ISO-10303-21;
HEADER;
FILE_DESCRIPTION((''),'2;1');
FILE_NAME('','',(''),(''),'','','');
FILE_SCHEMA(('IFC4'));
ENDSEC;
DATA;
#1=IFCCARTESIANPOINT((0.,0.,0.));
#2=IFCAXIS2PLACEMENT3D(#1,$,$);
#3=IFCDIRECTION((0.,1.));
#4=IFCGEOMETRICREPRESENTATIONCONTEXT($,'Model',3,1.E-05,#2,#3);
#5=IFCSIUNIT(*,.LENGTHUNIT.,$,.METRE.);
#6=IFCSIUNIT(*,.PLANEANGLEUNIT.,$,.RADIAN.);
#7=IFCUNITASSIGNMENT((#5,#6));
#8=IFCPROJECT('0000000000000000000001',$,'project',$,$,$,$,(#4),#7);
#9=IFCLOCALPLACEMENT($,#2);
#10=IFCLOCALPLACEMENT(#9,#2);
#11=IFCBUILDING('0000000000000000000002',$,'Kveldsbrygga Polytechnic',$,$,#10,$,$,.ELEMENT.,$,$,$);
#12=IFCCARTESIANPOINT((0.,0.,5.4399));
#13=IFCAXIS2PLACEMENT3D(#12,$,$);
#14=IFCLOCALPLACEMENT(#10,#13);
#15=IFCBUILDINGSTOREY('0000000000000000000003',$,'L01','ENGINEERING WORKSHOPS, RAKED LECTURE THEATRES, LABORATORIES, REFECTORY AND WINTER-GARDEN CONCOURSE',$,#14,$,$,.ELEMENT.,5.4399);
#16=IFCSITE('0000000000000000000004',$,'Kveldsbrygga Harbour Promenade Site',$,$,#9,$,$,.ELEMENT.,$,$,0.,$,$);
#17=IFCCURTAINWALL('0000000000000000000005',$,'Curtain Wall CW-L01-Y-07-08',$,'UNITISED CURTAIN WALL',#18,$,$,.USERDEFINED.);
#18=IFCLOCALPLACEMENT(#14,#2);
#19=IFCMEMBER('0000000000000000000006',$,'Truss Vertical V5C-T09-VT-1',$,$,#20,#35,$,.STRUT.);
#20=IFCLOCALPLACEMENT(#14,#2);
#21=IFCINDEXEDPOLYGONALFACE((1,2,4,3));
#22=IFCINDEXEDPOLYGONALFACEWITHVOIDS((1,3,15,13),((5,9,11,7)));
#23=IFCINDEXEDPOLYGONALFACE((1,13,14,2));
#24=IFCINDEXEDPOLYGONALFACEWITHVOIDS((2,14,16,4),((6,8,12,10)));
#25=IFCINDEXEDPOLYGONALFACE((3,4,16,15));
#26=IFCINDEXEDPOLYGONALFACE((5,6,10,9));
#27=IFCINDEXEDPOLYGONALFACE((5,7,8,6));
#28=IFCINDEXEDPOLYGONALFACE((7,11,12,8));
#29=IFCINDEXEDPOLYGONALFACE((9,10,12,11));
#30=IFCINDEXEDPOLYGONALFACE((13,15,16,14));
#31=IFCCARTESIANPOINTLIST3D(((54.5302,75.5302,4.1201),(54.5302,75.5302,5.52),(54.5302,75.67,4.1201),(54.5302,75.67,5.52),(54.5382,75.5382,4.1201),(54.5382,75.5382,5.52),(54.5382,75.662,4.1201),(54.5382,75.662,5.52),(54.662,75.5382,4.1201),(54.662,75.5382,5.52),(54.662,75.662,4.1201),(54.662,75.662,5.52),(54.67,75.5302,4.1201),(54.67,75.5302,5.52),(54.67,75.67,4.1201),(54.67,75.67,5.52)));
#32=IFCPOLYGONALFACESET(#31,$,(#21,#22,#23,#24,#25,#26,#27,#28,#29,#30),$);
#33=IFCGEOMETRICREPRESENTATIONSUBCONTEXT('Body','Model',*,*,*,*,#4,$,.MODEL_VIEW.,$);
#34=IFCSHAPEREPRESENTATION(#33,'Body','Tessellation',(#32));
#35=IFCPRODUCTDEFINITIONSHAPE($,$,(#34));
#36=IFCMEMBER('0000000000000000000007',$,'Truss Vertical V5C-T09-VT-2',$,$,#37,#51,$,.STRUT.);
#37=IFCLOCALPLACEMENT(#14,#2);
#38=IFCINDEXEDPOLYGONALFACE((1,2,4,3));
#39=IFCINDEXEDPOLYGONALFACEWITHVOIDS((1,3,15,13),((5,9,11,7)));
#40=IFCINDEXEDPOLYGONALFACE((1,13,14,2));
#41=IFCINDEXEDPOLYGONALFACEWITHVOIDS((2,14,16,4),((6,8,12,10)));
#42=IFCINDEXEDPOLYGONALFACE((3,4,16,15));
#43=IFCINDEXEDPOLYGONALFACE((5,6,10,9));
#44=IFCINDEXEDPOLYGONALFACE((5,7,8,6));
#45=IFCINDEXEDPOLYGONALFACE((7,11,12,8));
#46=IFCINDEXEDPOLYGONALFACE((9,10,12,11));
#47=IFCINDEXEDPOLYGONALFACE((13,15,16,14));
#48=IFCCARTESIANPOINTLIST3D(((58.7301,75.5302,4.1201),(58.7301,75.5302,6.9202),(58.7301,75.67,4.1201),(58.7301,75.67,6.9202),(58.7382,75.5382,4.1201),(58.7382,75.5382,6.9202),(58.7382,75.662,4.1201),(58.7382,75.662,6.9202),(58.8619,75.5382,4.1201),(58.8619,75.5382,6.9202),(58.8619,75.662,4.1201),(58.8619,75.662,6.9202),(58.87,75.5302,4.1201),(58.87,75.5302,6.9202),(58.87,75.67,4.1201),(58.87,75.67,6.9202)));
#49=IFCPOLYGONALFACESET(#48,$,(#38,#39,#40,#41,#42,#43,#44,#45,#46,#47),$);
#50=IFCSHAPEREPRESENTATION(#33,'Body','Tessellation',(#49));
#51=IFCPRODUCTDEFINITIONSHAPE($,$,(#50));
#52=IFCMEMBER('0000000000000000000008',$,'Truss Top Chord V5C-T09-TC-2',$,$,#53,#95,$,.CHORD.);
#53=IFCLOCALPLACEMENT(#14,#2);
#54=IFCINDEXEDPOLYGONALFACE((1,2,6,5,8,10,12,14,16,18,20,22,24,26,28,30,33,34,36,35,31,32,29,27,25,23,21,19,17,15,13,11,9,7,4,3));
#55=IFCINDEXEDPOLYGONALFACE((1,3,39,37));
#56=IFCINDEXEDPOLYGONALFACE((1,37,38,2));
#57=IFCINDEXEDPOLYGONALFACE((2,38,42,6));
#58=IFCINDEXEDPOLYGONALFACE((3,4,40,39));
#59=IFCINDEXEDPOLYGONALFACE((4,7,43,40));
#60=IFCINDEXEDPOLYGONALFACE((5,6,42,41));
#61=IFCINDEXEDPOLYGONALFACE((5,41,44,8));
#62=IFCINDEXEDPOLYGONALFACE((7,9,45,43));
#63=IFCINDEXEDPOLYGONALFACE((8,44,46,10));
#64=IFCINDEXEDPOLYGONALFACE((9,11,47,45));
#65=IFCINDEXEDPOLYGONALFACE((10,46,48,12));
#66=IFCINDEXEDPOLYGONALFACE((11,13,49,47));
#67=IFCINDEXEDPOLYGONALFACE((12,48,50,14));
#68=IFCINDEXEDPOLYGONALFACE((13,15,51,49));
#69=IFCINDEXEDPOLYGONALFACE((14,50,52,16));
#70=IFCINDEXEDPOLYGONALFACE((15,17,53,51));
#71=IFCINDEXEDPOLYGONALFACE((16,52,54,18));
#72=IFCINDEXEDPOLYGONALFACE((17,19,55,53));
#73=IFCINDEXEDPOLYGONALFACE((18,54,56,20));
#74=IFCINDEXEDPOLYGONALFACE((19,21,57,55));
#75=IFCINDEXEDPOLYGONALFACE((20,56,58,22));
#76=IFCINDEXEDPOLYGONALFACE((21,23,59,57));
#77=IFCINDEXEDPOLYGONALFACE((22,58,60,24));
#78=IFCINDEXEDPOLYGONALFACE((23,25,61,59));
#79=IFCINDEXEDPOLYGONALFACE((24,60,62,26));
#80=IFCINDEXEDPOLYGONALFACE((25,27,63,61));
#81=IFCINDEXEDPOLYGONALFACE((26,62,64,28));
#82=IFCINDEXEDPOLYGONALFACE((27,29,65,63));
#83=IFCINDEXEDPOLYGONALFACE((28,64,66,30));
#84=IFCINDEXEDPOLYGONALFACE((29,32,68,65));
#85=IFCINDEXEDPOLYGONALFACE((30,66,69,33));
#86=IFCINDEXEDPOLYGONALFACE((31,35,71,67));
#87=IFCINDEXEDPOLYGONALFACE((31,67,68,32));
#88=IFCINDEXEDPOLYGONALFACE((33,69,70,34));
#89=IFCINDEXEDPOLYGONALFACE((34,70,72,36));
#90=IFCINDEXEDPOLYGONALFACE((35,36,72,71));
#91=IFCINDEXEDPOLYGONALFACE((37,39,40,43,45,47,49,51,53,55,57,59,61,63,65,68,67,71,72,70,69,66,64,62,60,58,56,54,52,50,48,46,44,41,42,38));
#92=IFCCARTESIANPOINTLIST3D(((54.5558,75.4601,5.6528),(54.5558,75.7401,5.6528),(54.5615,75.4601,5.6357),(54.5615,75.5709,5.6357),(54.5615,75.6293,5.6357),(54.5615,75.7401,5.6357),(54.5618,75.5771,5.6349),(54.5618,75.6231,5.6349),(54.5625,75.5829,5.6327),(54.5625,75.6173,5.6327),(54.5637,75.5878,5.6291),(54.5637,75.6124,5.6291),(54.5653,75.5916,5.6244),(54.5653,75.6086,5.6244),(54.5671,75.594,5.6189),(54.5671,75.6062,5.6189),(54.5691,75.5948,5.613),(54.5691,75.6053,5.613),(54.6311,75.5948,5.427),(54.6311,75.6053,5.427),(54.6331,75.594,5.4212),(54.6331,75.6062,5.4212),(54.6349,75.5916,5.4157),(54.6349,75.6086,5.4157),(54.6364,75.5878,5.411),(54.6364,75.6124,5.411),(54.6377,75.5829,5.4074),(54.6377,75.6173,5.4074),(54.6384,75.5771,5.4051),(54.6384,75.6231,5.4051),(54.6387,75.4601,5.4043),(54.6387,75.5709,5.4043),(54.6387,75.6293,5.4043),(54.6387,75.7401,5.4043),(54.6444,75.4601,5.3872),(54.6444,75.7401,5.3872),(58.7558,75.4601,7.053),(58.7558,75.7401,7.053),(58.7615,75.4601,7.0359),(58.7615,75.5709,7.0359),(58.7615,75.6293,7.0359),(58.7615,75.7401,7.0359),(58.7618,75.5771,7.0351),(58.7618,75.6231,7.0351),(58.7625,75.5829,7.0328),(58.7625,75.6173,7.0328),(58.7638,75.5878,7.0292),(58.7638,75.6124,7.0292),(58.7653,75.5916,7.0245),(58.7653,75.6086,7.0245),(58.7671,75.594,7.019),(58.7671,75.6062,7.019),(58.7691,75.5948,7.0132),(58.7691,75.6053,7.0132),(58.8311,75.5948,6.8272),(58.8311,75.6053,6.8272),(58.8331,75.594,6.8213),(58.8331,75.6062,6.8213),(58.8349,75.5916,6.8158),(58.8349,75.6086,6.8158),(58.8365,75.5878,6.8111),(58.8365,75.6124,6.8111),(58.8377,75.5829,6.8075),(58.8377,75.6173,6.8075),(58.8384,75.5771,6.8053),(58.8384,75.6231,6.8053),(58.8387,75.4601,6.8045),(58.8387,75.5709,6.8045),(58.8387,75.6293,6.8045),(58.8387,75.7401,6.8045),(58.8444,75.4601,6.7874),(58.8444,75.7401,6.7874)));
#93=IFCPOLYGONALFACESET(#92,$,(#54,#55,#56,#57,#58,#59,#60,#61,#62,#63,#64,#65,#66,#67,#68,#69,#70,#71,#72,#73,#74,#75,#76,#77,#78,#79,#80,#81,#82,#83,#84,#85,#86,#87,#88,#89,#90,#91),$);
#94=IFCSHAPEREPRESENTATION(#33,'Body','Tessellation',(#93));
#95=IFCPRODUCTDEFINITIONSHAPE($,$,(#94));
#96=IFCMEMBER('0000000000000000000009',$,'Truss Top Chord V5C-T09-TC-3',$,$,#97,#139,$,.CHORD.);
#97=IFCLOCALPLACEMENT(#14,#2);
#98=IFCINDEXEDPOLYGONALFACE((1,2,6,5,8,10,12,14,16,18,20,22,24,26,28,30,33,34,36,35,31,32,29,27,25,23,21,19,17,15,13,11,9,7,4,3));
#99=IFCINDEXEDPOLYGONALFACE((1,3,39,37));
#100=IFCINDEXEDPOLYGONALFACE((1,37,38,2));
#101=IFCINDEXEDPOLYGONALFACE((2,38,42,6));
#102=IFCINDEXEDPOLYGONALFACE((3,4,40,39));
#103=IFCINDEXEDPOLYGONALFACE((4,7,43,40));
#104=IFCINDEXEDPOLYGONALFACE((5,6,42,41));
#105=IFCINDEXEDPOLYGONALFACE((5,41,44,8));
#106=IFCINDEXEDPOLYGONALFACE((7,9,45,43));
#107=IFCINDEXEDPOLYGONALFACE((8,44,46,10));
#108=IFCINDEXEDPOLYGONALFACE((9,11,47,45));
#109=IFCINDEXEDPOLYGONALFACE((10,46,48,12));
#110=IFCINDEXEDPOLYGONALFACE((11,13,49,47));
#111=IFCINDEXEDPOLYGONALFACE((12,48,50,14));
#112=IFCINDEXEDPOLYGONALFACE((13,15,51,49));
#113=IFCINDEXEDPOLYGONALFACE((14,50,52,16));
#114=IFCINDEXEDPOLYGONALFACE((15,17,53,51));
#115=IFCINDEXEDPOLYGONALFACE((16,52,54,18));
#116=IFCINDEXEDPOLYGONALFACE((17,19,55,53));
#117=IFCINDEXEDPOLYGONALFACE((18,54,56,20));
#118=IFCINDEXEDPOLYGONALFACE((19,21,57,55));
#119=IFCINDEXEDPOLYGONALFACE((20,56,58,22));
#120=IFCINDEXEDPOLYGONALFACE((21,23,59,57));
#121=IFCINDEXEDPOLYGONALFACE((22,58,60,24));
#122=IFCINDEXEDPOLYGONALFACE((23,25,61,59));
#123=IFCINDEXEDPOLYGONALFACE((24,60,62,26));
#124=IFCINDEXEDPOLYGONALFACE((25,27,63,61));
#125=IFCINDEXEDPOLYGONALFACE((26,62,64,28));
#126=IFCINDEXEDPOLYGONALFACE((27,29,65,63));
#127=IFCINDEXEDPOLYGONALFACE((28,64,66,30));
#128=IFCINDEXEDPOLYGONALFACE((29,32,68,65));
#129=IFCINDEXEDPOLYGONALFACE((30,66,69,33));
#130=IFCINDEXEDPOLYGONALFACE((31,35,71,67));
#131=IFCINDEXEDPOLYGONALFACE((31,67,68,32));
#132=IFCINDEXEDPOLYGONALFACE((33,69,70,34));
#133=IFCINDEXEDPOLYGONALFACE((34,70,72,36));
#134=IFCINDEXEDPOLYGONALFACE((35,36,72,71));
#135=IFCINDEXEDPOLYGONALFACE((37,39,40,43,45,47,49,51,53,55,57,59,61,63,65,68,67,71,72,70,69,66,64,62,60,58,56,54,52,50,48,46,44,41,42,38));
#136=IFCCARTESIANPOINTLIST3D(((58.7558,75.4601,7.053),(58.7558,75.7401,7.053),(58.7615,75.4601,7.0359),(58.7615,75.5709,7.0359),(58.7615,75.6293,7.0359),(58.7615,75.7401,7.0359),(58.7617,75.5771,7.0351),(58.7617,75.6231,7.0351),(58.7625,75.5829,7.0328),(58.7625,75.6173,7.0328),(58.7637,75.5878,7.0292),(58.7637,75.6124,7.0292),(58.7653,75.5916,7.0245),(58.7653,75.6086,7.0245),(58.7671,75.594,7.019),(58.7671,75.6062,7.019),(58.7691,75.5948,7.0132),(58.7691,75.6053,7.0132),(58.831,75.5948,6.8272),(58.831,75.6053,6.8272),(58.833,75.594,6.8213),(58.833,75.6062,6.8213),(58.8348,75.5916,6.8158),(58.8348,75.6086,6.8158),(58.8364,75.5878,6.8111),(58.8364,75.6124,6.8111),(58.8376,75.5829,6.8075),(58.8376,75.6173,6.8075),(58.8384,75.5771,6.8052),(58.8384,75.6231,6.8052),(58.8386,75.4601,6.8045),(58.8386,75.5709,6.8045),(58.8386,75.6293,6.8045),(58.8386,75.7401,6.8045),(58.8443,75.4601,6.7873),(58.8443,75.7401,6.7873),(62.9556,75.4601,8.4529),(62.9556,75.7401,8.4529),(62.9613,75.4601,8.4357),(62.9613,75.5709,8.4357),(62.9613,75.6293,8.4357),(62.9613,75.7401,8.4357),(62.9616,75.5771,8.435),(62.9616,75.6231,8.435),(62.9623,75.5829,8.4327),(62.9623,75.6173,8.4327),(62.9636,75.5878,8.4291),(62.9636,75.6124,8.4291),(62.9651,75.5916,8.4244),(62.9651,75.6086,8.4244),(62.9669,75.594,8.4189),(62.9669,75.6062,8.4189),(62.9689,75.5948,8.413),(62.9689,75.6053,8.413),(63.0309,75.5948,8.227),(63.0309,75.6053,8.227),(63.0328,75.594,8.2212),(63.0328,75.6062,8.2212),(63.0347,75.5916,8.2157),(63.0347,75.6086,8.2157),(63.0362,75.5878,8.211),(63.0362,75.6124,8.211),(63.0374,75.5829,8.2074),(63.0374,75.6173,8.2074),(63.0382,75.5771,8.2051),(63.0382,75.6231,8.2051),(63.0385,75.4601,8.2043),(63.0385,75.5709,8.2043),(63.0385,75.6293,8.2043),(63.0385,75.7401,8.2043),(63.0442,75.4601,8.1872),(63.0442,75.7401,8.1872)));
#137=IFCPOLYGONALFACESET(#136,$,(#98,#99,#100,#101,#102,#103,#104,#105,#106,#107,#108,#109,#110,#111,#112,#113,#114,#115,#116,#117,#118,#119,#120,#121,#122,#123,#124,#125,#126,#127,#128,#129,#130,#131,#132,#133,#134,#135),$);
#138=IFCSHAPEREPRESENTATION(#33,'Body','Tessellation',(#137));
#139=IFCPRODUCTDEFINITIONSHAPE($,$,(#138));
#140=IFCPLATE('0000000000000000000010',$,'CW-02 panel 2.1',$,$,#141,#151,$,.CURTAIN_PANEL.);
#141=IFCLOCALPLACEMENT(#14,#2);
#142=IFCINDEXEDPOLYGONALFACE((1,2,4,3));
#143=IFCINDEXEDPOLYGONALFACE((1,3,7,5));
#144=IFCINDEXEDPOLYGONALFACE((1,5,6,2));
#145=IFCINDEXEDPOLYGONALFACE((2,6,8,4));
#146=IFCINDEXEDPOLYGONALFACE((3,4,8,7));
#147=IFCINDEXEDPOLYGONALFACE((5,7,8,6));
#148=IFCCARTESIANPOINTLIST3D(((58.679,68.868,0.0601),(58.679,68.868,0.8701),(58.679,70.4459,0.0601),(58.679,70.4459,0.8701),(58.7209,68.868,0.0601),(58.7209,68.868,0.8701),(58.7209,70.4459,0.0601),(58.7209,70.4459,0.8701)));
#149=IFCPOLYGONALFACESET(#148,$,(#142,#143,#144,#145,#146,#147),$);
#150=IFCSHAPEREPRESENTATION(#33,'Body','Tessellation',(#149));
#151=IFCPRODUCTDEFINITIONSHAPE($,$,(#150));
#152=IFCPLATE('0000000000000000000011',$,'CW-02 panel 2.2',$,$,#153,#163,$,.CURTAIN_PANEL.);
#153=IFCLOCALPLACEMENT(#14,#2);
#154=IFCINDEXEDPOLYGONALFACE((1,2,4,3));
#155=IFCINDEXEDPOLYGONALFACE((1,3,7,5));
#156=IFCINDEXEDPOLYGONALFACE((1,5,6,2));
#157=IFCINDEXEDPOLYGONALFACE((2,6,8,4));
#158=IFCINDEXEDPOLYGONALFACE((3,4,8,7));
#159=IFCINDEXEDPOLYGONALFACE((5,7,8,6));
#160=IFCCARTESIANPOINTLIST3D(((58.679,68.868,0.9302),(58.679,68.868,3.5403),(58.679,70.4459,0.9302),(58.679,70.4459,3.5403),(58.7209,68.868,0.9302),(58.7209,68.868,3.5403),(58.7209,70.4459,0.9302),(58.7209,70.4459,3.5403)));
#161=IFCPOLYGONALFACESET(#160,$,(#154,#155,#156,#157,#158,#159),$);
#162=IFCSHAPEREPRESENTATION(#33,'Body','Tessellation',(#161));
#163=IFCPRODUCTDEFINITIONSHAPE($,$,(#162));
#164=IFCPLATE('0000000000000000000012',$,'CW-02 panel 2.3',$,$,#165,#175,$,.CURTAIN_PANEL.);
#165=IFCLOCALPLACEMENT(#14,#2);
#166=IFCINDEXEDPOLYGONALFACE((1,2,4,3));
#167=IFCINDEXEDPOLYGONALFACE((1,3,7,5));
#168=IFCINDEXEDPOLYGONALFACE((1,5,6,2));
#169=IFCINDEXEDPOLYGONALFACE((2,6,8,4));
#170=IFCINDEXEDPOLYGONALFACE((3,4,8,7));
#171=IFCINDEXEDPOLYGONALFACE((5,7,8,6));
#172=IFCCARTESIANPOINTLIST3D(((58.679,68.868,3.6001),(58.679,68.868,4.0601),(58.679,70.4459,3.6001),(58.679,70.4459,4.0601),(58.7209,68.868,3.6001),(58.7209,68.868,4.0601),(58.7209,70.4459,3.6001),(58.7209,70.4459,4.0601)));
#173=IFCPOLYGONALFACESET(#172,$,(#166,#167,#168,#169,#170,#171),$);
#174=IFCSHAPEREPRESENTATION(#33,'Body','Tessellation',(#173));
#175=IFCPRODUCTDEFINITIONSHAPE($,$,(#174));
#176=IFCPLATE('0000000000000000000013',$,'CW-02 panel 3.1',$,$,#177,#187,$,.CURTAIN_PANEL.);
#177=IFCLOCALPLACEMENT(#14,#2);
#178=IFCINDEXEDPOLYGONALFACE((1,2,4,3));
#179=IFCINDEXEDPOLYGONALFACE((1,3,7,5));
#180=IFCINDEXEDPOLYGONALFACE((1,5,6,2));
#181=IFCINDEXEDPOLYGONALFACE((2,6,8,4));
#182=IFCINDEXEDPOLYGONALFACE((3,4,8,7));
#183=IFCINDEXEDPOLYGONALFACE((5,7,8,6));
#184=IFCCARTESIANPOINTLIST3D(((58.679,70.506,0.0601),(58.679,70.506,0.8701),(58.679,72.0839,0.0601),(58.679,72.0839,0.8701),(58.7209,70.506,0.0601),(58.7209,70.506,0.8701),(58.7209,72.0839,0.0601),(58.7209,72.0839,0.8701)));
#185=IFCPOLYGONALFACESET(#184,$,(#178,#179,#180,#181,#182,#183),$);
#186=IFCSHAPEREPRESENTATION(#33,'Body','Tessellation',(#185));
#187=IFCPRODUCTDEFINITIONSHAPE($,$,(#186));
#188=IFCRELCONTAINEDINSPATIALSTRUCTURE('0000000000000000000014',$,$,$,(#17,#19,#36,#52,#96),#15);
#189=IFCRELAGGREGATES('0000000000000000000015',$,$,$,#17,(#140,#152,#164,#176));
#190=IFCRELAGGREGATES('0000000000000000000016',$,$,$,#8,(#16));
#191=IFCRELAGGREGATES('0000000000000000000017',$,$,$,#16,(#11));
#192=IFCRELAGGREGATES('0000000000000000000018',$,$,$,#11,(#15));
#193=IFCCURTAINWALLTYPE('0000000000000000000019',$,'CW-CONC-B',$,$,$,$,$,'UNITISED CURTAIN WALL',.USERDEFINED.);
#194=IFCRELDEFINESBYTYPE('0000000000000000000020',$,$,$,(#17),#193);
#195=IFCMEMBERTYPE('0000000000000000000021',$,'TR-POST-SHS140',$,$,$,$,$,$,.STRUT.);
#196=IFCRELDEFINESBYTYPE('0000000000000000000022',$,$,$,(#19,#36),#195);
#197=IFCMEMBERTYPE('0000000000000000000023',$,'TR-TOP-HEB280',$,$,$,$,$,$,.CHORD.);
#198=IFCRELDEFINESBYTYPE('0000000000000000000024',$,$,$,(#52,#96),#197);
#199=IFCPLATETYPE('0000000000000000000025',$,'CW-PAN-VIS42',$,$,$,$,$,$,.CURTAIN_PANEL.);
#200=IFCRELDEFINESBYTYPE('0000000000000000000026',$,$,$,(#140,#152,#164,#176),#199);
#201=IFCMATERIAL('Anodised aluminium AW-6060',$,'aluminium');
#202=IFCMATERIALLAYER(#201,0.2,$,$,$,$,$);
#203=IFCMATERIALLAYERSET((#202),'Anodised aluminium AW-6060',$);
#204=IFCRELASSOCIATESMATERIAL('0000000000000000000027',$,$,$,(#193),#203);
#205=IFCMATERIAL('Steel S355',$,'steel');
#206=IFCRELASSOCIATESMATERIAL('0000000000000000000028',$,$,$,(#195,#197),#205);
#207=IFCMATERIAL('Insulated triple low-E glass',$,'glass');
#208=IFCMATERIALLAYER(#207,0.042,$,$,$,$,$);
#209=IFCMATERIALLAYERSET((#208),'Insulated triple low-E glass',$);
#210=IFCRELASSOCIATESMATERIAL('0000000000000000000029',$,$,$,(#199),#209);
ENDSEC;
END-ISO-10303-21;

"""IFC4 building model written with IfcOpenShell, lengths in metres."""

from ifc_helpers import new_model, si_unit, direction, frame, origin, origin_2d, place, context, subcontext, project, spatial, rectangle, hollow_rectangle, i_section, extrude, material, layer, layer_set, material_profile, profile_set, type_object, element, aggregate, save


model = new_model("IFC4")

# Units and contexts
model_context = context("Model", 3, precision=1e-05, world=origin(), true_north=direction((0.0, 1.0)))
body_context = subcontext(model_context, "Body", "Model", "MODEL_VIEW")
ifc_project = project(units=[si_unit("LENGTHUNIT", "METRE"), si_unit("PLANEANGLEUNIT", "RADIAN")], contexts=[model_context])

# Site, building, storey
site_placement = place(None, origin())
site = spatial("IfcSite", under=ifc_project, at=site_placement, Name="Kveldsbrygga Harbour Promenade Site", CompositionType="ELEMENT", RefElevation=0.0)
building_placement = place(site_placement, origin())
building = spatial("IfcBuilding", under=site, at=building_placement, Name="Kveldsbrygga Polytechnic", CompositionType="ELEMENT")
storey_placement = place(building_placement, frame((0.0, 0.0, 5.4399)))
storey = spatial("IfcBuildingStorey", under=building, at=storey_placement, Name="L01", Description="ENGINEERING WORKSHOPS, RAKED LECTURE THEATRES, LABORATORIES, REFECTORY AND WINTER-GARDEN CONCOURSE", CompositionType="ELEMENT", Elevation=5.4399)

# Curtain wall
ifc_material_1 = material(Name="Anodised aluminium AW-6060", Category="aluminium")
ifc_layer_1 = layer(ifc_material_1, 0.2)
ifc_layer_set_1 = layer_set([ifc_layer_1], Name="Anodised aluminium AW-6060")
curtain_wall_type = type_object("IfcCurtainWallType", Name="CW-CONC-B", ElementType="UNITISED CURTAIN WALL", PredefinedType="USERDEFINED", material=ifc_layer_set_1)
curtain_wall_placement = place(storey_placement, origin())
curtain_wall = element("IfcCurtainWall", 1, at=curtain_wall_placement, inside=storey, type_object=curtain_wall_type, Name="Curtain Wall CW-L01-Y-07-08", ObjectType="UNITISED CURTAIN WALL", PredefinedType="USERDEFINED")

# Members
ifc_material_2 = material(Name="Steel S355", Category="steel")
ifc_material_profile_1 = material_profile(ifc_material_2, hollow_rectangle(XDim=0.1399, YDim=0.1399, WallThickness=0.0081, at=origin_2d()), Name="SHS 140x140x8.0")
ifc_profile_set_1 = profile_set([ifc_material_profile_1], Name="Steel S355")
member_type_1 = type_object("IfcMemberType", Name="TR-POST-SHS140", PredefinedType="STRUT", material=ifc_profile_set_1)
member_1_placement = place(storey_placement, frame((54.6001, 75.6001, 4.1201), z_axis=(0.0, 0.0, 1.0), x_axis=(1.0, 0.0, 0.0)))
element("IfcMember", 2, at=member_1_placement, inside=storey, type_object=member_type_1, Name="Truss Vertical V5C-T09-VT-1", PredefinedType="STRUT", context=body_context, shape_type="SweptSolid", body=[
    extrude(hollow_rectangle(XDim=0.1399, YDim=0.1399, WallThickness=0.0081, at=origin_2d()), origin(), (0.0, 0.0, 1.0), 1.3999),
])
member_2_placement = place(storey_placement, frame((58.8, 75.6001, 4.1201), z_axis=(0.0, 0.0, 1.0), x_axis=(1.0, 0.0, 0.0)))
element("IfcMember", 3, at=member_2_placement, inside=storey, type_object=member_type_1, Name="Truss Vertical V5C-T09-VT-2", PredefinedType="STRUT", context=body_context, shape_type="SweptSolid", body=[
    extrude(hollow_rectangle(XDim=0.1399, YDim=0.1399, WallThickness=0.0081, at=origin_2d()), origin(), (0.0, 0.0, 1.0), 2.8),
])
ifc_material_profile_2 = material_profile(ifc_material_2, i_section(OverallWidth=0.28, OverallDepth=0.28, WebThickness=0.0105, FlangeThickness=0.0181, FilletRadius=0.0239, at=origin_2d()), Name="HEB 280")
ifc_profile_set_2 = profile_set([ifc_material_profile_2], Name="Steel S355")
member_type_2 = type_object("IfcMemberType", Name="TR-TOP-HEB280", PredefinedType="CHORD", material=ifc_profile_set_2)
member_3_placement = place(storey_placement, frame((54.6001, 75.6001, 5.52), z_axis=(0.948672, 0.0, 0.316261), x_axis=(0.0, 1.0, 0.0)))
element("IfcMember", 4, at=member_3_placement, inside=storey, type_object=member_type_2, Name="Truss Top Chord V5C-T09-TC-2", PredefinedType="CHORD", context=body_context, shape_type="SweptSolid", body=[
    extrude(i_section(OverallWidth=0.28, OverallDepth=0.28, WebThickness=0.0105, FlangeThickness=0.0181, FilletRadius=0.0239, at=origin_2d()), origin(), (0.0, 0.0, 1.0), 4.4272),
])
member_4_placement = place(storey_placement, frame((58.8, 75.6001, 6.9202), z_axis=(0.948689, 0.0, 0.316211), x_axis=(0.0, 1.0, 0.0)))
element("IfcMember", 5, at=member_4_placement, inside=storey, type_object=member_type_2, Name="Truss Top Chord V5C-T09-TC-3", PredefinedType="CHORD", context=body_context, shape_type="SweptSolid", body=[
    extrude(i_section(OverallWidth=0.28, OverallDepth=0.28, WebThickness=0.0105, FlangeThickness=0.0181, FilletRadius=0.0239, at=origin_2d()), origin(), (0.0, 0.0, 1.0), 4.427),
])

# Plates
ifc_material_3 = material(Name="Insulated triple low-E glass", Category="glass")
ifc_layer_2 = layer(ifc_material_3, 0.042)
ifc_layer_set_2 = layer_set([ifc_layer_2], Name="Insulated triple low-E glass")
plate_type_1 = type_object("IfcPlateType", Name="CW-PAN-VIS42", PredefinedType="CURTAIN_PANEL", material=ifc_layer_set_2)
plate_1_placement = place(storey_placement, frame((58.7, 69.657, 0.0601), z_axis=(0.0, 0.0, 1.0), x_axis=(0.0, 1.0, 0.0)))
plate_1 = element("IfcPlate", 6, at=plate_1_placement, type_object=plate_type_1, Name="CW-02 panel 2.1", PredefinedType="CURTAIN_PANEL", context=body_context, shape_type="SweptSolid", body=[
    extrude(rectangle(XDim=1.5779, YDim=0.042, at=origin_2d()), origin(), (0.0, 0.0, 1.0), 0.8101),
])
plate_2_placement = place(storey_placement, frame((58.7, 69.657, 0.9302), z_axis=(0.0, 0.0, 1.0), x_axis=(0.0, 1.0, 0.0)))
plate_2 = element("IfcPlate", 7, at=plate_2_placement, type_object=plate_type_1, Name="CW-02 panel 2.2", PredefinedType="CURTAIN_PANEL", context=body_context, shape_type="SweptSolid", body=[
    extrude(rectangle(XDim=1.5779, YDim=0.042, at=origin_2d()), origin(), (0.0, 0.0, 1.0), 2.6101),
])
plate_3_placement = place(storey_placement, frame((58.7, 69.657, 3.6001), z_axis=(0.0, 0.0, 1.0), x_axis=(0.0, 1.0, 0.0)))
plate_3 = element("IfcPlate", 8, at=plate_3_placement, type_object=plate_type_1, Name="CW-02 panel 2.3", PredefinedType="CURTAIN_PANEL", context=body_context, shape_type="SweptSolid", body=[
    extrude(rectangle(XDim=1.5779, YDim=0.042, at=origin_2d()), origin(), (0.0, 0.0, 1.0), 0.46),
])
plate_4_placement = place(storey_placement, frame((58.7, 71.2949, 0.0601), z_axis=(0.0, 0.0, 1.0), x_axis=(0.0, 1.0, 0.0)))
plate_4 = element("IfcPlate", 9, at=plate_4_placement, type_object=plate_type_1, Name="CW-02 panel 3.1", PredefinedType="CURTAIN_PANEL", context=body_context, shape_type="SweptSolid", body=[
    extrude(rectangle(XDim=1.5779, YDim=0.042, at=origin_2d()), origin(), (0.0, 0.0, 1.0), 0.8101),
])
aggregate(curtain_wall, [plate_1, plate_2, plate_3, plate_4])

save(model, "model.ifc")
